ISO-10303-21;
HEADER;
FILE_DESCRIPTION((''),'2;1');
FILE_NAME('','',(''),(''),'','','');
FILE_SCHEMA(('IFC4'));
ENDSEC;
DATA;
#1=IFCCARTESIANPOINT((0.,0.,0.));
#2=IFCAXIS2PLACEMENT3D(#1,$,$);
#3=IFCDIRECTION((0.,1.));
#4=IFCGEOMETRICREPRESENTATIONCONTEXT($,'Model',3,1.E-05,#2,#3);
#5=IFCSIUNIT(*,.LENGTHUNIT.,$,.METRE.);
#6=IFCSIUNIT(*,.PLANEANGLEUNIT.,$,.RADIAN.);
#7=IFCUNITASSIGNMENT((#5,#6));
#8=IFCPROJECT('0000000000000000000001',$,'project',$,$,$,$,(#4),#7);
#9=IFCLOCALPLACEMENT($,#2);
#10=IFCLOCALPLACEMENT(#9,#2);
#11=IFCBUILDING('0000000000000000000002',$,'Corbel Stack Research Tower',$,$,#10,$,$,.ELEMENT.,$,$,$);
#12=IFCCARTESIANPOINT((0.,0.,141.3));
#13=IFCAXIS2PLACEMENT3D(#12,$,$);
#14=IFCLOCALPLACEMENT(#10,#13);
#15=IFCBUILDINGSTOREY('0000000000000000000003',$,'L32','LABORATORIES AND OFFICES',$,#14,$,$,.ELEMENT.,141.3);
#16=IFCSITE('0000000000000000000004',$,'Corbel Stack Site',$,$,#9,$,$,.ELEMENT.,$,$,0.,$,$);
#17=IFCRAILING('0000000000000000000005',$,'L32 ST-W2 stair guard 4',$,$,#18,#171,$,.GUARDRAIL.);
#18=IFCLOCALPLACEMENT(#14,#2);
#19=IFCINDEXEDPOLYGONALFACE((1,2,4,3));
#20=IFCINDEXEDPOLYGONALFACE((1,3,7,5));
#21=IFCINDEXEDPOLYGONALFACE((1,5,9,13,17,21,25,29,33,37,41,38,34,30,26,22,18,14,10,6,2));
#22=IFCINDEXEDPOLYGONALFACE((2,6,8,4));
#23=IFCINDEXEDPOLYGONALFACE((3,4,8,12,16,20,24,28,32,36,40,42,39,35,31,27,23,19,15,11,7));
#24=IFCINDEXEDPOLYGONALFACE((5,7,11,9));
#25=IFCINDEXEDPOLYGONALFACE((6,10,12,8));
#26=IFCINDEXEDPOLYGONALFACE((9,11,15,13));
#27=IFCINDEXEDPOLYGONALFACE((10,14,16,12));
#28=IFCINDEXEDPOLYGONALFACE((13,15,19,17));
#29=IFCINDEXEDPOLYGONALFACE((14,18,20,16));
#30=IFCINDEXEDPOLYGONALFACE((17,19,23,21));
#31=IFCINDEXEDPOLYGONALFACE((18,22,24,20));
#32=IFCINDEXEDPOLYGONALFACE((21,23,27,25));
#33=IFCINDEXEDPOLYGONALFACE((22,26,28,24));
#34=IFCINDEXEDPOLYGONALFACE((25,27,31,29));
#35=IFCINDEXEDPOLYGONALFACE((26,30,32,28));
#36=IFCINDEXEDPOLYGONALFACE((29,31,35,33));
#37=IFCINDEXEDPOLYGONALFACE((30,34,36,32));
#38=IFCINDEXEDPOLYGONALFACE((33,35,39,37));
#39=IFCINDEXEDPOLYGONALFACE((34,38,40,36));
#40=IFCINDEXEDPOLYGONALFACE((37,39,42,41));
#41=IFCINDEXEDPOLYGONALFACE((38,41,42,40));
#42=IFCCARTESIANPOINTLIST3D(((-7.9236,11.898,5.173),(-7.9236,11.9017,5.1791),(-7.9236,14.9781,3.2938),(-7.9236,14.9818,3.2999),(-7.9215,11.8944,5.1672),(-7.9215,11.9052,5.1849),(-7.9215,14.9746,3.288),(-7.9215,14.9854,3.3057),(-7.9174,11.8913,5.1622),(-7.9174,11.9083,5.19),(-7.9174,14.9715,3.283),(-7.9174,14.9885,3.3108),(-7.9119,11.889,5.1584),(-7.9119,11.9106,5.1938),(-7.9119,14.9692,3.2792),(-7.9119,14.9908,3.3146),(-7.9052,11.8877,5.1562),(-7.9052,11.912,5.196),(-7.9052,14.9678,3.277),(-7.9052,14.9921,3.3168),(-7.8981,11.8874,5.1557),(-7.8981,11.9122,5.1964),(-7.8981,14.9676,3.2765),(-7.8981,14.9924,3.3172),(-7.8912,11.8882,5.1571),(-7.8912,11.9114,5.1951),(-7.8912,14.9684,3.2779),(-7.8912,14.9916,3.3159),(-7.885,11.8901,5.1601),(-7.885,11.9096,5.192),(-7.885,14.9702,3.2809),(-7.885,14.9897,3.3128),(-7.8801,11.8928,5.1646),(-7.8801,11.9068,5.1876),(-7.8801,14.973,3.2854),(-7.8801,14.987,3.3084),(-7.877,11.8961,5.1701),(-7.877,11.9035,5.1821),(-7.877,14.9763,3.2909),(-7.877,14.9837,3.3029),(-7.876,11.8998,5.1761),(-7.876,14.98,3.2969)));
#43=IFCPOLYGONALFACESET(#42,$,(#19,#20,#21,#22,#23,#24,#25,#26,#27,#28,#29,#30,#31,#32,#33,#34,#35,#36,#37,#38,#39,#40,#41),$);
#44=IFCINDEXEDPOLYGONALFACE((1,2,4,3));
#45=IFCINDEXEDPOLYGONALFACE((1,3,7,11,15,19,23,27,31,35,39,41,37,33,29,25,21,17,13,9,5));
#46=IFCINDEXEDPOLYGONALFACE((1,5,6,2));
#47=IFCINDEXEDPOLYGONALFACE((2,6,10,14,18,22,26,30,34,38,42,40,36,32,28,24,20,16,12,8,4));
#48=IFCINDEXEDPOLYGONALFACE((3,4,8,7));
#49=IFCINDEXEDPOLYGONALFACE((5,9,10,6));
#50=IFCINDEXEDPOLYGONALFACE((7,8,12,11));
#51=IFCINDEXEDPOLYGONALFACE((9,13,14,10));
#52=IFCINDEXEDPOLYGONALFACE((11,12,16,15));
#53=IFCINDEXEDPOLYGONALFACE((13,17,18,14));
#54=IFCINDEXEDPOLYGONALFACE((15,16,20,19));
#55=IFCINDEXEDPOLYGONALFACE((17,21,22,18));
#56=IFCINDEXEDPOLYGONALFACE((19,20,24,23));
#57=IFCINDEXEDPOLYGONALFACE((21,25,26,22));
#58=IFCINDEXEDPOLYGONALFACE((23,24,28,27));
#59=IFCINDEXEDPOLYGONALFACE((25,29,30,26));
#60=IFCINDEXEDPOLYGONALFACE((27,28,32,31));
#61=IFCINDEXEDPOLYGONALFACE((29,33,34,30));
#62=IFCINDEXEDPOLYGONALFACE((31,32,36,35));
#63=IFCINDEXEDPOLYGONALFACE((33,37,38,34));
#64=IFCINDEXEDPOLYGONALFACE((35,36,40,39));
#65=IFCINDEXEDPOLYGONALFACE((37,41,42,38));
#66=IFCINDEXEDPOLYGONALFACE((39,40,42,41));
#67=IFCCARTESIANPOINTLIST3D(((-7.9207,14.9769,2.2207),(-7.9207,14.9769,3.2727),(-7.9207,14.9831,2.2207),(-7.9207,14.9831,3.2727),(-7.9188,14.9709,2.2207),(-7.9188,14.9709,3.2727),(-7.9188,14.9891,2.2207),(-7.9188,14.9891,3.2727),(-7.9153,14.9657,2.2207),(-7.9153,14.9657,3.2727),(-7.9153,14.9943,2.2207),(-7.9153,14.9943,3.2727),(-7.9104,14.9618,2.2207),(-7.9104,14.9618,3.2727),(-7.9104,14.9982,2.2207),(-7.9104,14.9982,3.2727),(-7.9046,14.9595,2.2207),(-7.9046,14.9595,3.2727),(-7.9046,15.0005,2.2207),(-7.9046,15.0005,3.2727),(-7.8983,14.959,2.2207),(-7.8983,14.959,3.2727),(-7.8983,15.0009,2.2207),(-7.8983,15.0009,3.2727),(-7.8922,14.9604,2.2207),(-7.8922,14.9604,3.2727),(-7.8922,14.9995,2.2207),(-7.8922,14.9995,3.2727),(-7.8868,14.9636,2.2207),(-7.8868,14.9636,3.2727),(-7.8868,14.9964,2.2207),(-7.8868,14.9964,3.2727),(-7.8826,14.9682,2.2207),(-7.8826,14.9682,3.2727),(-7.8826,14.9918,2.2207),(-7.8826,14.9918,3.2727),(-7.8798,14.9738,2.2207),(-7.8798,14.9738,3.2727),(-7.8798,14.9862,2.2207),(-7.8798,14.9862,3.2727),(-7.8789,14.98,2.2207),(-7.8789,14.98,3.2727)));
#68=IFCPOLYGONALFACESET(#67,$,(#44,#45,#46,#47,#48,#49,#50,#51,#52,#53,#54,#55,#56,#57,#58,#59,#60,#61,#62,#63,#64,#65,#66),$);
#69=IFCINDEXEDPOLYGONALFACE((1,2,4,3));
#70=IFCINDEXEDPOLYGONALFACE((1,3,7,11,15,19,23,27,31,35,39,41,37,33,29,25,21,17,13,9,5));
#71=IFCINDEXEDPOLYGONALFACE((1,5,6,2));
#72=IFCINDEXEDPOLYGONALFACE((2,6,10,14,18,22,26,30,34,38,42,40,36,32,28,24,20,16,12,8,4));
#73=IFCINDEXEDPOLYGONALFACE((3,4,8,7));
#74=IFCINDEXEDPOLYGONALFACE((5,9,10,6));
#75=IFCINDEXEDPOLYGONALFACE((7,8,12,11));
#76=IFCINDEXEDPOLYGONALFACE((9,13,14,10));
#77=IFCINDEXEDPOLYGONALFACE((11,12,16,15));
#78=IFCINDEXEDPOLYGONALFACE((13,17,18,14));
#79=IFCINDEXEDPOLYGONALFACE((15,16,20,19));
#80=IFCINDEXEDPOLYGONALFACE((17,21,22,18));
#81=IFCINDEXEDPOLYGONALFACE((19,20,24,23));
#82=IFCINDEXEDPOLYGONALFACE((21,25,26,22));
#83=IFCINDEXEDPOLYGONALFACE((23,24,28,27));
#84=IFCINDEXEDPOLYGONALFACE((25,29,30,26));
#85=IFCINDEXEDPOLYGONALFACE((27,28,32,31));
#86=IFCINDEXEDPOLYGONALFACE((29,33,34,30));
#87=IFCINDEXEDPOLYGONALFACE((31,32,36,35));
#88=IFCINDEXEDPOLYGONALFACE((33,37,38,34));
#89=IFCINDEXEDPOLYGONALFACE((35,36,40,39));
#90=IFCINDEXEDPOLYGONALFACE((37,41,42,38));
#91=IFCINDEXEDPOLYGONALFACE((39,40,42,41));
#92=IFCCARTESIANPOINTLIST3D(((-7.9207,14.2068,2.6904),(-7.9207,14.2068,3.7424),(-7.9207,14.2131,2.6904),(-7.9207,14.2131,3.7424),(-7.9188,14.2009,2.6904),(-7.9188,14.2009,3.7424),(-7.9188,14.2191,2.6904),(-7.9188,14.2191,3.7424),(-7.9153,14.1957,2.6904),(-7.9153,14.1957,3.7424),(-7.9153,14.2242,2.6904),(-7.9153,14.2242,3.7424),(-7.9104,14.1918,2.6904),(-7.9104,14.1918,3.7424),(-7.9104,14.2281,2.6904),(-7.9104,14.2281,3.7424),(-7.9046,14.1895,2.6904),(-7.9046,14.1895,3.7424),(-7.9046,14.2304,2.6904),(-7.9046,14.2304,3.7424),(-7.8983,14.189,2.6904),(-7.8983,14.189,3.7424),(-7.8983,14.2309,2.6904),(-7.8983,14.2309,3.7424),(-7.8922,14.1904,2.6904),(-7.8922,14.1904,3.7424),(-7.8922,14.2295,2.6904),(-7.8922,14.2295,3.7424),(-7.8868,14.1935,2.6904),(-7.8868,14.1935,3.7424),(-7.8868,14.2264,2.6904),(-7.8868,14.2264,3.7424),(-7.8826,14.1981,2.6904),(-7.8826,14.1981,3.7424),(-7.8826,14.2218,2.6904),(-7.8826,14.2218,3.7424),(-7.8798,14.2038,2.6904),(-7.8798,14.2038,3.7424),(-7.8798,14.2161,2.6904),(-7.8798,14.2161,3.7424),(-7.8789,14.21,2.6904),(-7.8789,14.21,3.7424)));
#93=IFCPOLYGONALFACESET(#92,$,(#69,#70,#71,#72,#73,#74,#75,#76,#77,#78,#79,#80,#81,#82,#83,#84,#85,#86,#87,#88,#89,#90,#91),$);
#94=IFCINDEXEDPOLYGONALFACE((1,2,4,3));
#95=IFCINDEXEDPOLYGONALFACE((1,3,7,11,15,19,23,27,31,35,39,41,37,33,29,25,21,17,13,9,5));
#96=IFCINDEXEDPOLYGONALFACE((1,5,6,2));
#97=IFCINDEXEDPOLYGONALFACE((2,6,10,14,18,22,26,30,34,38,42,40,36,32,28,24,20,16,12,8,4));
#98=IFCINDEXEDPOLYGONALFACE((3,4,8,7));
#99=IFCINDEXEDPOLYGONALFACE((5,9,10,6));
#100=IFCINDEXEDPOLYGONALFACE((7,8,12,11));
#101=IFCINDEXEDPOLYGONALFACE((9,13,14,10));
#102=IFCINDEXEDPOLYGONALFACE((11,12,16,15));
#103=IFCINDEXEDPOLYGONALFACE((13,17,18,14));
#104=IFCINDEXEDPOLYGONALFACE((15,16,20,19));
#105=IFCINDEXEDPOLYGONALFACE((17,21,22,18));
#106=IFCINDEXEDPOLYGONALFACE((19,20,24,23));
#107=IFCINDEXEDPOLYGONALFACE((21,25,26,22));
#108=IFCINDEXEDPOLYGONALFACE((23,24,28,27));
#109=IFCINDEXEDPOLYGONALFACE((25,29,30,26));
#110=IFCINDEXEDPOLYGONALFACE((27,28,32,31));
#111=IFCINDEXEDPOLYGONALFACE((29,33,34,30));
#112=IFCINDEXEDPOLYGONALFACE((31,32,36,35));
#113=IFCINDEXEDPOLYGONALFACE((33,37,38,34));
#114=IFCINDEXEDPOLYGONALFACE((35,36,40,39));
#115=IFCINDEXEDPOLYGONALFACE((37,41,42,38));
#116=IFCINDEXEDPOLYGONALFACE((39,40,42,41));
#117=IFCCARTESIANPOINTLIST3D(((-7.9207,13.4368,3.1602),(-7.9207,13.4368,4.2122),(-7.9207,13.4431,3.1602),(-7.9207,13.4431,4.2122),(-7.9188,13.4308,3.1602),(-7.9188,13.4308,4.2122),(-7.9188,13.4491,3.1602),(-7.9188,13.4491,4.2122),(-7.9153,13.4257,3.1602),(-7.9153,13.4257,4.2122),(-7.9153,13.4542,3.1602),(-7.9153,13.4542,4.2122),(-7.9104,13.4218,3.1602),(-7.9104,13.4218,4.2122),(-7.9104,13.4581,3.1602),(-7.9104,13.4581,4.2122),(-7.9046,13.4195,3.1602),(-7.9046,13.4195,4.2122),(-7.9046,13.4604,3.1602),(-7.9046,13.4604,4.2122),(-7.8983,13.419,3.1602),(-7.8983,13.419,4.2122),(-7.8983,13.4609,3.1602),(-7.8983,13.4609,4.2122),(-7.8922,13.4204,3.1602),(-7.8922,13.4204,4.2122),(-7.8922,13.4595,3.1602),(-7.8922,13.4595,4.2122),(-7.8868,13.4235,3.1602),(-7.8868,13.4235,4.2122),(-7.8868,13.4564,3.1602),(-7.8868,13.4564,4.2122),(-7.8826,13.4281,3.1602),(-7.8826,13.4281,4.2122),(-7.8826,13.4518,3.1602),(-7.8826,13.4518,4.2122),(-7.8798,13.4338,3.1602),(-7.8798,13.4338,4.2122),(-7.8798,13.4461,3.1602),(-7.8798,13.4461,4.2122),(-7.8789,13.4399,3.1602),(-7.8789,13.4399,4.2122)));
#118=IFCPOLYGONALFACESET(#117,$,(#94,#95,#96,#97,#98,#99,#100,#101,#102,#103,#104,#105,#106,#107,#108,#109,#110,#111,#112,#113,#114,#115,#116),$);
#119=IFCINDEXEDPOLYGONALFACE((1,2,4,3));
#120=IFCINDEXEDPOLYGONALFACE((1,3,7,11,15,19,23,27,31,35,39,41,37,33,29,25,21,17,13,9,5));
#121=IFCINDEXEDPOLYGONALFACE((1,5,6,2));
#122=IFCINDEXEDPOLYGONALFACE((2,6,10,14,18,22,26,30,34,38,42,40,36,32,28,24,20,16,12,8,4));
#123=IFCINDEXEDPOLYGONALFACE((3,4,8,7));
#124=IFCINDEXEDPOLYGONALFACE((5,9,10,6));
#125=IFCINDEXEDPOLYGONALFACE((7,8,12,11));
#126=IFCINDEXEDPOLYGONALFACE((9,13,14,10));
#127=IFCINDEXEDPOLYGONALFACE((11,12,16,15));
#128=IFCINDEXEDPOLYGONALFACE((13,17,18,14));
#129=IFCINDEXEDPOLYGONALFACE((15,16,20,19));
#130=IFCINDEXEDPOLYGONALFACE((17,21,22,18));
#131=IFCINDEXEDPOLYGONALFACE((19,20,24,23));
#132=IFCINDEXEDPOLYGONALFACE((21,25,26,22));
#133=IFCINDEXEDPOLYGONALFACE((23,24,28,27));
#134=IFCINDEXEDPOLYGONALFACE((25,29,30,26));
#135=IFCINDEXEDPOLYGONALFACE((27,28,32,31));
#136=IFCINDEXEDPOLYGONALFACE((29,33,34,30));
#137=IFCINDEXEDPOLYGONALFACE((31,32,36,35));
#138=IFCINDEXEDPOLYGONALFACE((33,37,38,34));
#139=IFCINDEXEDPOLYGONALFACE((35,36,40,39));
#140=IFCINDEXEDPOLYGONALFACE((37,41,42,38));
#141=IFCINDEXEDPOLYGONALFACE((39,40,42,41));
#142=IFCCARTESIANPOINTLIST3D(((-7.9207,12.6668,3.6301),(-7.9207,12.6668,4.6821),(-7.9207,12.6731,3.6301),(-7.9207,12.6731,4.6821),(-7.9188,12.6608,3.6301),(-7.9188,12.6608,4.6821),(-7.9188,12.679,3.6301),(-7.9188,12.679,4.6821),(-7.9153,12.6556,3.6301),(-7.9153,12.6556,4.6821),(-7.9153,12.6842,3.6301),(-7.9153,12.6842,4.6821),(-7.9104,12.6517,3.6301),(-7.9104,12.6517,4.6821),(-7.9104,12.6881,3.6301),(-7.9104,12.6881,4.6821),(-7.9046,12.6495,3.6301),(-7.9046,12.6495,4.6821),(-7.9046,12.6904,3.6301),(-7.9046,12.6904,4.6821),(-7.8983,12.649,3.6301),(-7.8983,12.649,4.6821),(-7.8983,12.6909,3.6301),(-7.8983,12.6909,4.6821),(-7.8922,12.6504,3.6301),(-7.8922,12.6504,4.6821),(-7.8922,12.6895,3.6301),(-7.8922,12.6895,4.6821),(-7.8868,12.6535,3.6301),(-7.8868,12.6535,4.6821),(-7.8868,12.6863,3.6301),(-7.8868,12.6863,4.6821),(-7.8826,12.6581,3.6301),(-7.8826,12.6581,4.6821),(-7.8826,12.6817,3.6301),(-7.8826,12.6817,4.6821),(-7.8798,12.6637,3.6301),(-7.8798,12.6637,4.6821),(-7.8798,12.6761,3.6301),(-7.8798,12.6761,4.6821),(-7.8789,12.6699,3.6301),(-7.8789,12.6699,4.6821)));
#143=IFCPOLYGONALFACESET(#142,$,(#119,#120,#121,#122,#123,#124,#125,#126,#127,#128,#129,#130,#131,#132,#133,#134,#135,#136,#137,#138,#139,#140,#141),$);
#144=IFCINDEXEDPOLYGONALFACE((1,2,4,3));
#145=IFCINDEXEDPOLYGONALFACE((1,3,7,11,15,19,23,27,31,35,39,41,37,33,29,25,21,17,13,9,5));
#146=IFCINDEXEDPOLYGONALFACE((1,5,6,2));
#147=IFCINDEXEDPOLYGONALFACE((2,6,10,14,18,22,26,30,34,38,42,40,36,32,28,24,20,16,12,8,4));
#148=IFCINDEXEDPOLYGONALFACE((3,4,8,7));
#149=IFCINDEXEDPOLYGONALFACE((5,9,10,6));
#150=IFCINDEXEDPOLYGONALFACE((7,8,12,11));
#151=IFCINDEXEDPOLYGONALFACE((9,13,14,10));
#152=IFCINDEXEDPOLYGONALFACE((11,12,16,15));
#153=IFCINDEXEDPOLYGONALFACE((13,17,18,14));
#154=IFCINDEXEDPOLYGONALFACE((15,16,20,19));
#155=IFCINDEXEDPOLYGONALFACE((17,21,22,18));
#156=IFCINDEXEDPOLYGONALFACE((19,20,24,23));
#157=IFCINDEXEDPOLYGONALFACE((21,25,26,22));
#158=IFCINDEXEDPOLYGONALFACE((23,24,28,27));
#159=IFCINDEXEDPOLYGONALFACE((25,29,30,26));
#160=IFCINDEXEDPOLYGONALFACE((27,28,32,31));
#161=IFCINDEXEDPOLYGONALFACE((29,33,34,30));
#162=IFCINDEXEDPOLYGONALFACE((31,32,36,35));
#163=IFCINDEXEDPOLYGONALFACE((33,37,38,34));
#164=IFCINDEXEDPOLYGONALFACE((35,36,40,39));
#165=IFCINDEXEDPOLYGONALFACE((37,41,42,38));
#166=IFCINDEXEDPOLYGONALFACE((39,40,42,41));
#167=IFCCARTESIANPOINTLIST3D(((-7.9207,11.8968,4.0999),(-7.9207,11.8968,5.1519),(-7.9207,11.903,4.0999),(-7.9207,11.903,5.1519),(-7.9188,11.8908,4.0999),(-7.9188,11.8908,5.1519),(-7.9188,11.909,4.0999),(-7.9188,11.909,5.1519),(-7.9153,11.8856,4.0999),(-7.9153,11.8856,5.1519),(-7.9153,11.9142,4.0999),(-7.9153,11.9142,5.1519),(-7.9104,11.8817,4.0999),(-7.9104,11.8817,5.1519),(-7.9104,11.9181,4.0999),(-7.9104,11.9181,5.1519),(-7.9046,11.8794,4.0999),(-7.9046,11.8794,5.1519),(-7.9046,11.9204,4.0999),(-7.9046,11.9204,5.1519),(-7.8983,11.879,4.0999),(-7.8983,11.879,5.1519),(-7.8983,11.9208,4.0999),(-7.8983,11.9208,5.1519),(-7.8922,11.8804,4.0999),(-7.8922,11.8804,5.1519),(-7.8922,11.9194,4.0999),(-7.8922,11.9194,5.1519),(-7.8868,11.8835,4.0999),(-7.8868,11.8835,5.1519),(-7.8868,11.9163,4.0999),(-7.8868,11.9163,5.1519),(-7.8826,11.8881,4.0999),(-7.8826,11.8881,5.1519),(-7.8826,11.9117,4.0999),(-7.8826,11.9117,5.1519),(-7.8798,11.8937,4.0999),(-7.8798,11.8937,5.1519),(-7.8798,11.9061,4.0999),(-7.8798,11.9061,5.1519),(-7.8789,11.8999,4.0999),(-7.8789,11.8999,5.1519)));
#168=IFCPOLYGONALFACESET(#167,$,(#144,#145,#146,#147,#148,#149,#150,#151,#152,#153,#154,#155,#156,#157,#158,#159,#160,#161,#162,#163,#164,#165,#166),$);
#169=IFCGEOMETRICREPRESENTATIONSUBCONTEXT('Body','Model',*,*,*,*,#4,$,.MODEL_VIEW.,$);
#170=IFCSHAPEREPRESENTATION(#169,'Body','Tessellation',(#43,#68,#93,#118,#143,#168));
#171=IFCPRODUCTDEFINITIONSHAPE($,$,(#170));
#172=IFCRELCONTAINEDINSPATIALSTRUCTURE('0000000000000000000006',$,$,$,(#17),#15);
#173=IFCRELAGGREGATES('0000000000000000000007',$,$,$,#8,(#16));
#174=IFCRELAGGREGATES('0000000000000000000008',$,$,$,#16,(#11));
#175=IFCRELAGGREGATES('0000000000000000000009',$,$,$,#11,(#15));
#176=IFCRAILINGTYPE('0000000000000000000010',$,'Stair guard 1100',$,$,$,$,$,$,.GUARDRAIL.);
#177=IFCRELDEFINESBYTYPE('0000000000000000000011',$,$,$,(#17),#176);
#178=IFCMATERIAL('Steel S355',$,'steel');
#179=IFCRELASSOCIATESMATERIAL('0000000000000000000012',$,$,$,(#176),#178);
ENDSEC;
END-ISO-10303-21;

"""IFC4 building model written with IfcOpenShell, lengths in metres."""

from ifc_helpers import new_model, si_unit, direction, frame, origin, origin_2d, place, context, subcontext, project, spatial, circle, extrude, material, type_object, element, save


model = new_model("IFC4")

# Units and contexts
model_context = context("Model", 3, precision=1e-05, world=origin(), true_north=direction((0.0, 1.0)))
body_context = subcontext(model_context, "Body", "Model", "MODEL_VIEW")
ifc_project = project(units=[si_unit("LENGTHUNIT", "METRE"), si_unit("PLANEANGLEUNIT", "RADIAN")], contexts=[model_context])

# Site, building, storey
site_placement = place(None, origin())
site = spatial("IfcSite", under=ifc_project, at=site_placement, Name="Corbel Stack Site", CompositionType="ELEMENT", RefElevation=0.0)
building_placement = place(site_placement, origin())
building = spatial("IfcBuilding", under=site, at=building_placement, Name="Corbel Stack Research Tower", CompositionType="ELEMENT")
storey_placement = place(building_placement, frame((0.0, 0.0, 141.3)))
storey = spatial("IfcBuildingStorey", under=building, at=storey_placement, Name="L32", Description="LABORATORIES AND OFFICES", CompositionType="ELEMENT", Elevation=141.3)

# Railing
ifc_material_1 = material(Name="Steel S355", Category="steel")
railing_type_1 = type_object("IfcRailingType", Name="Stair guard 1100", PredefinedType="GUARDRAIL", material=ifc_material_1)
railing_1_placement = place(storey_placement, frame((-7.8999, 14.98, 2.2207)))
element("IfcRailing", 1, at=railing_1_placement, inside=storey, type_object=railing_type_1, Name="L32 ST-W2 stair guard 4", PredefinedType="GUARDRAIL", context=body_context, shape_type="SweptSolid", body=[
    extrude(circle(Radius=0.0239, at=origin_2d()), frame((0.0, 0.0, 1.0762), z_axis=(0.0, -0.853666, 0.52082), x_axis=(1.0, 0.0, 0.0)), (0.0, 0.0, 1.0), 3.6082),
    extrude(circle(Radius=0.021, at=origin_2d()), origin(), (0.0, 0.0, 1.0), 1.052),
    extrude(circle(Radius=0.021, at=origin_2d()), frame((0.0, -0.77, 0.4697)), (0.0, 0.0, 1.0), 1.052),
    extrude(circle(Radius=0.021, at=origin_2d()), frame((0.0, -1.54, 0.9395)), (0.0, 0.0, 1.0), 1.052),
    extrude(circle(Radius=0.021, at=origin_2d()), frame((0.0, -2.3101, 1.4094)), (0.0, 0.0, 1.0), 1.052),
    extrude(circle(Radius=0.021, at=origin_2d()), frame((0.0, -3.0801, 1.8792)), (0.0, 0.0, 1.0), 1.052),
])

save(model, "model.ifc")
